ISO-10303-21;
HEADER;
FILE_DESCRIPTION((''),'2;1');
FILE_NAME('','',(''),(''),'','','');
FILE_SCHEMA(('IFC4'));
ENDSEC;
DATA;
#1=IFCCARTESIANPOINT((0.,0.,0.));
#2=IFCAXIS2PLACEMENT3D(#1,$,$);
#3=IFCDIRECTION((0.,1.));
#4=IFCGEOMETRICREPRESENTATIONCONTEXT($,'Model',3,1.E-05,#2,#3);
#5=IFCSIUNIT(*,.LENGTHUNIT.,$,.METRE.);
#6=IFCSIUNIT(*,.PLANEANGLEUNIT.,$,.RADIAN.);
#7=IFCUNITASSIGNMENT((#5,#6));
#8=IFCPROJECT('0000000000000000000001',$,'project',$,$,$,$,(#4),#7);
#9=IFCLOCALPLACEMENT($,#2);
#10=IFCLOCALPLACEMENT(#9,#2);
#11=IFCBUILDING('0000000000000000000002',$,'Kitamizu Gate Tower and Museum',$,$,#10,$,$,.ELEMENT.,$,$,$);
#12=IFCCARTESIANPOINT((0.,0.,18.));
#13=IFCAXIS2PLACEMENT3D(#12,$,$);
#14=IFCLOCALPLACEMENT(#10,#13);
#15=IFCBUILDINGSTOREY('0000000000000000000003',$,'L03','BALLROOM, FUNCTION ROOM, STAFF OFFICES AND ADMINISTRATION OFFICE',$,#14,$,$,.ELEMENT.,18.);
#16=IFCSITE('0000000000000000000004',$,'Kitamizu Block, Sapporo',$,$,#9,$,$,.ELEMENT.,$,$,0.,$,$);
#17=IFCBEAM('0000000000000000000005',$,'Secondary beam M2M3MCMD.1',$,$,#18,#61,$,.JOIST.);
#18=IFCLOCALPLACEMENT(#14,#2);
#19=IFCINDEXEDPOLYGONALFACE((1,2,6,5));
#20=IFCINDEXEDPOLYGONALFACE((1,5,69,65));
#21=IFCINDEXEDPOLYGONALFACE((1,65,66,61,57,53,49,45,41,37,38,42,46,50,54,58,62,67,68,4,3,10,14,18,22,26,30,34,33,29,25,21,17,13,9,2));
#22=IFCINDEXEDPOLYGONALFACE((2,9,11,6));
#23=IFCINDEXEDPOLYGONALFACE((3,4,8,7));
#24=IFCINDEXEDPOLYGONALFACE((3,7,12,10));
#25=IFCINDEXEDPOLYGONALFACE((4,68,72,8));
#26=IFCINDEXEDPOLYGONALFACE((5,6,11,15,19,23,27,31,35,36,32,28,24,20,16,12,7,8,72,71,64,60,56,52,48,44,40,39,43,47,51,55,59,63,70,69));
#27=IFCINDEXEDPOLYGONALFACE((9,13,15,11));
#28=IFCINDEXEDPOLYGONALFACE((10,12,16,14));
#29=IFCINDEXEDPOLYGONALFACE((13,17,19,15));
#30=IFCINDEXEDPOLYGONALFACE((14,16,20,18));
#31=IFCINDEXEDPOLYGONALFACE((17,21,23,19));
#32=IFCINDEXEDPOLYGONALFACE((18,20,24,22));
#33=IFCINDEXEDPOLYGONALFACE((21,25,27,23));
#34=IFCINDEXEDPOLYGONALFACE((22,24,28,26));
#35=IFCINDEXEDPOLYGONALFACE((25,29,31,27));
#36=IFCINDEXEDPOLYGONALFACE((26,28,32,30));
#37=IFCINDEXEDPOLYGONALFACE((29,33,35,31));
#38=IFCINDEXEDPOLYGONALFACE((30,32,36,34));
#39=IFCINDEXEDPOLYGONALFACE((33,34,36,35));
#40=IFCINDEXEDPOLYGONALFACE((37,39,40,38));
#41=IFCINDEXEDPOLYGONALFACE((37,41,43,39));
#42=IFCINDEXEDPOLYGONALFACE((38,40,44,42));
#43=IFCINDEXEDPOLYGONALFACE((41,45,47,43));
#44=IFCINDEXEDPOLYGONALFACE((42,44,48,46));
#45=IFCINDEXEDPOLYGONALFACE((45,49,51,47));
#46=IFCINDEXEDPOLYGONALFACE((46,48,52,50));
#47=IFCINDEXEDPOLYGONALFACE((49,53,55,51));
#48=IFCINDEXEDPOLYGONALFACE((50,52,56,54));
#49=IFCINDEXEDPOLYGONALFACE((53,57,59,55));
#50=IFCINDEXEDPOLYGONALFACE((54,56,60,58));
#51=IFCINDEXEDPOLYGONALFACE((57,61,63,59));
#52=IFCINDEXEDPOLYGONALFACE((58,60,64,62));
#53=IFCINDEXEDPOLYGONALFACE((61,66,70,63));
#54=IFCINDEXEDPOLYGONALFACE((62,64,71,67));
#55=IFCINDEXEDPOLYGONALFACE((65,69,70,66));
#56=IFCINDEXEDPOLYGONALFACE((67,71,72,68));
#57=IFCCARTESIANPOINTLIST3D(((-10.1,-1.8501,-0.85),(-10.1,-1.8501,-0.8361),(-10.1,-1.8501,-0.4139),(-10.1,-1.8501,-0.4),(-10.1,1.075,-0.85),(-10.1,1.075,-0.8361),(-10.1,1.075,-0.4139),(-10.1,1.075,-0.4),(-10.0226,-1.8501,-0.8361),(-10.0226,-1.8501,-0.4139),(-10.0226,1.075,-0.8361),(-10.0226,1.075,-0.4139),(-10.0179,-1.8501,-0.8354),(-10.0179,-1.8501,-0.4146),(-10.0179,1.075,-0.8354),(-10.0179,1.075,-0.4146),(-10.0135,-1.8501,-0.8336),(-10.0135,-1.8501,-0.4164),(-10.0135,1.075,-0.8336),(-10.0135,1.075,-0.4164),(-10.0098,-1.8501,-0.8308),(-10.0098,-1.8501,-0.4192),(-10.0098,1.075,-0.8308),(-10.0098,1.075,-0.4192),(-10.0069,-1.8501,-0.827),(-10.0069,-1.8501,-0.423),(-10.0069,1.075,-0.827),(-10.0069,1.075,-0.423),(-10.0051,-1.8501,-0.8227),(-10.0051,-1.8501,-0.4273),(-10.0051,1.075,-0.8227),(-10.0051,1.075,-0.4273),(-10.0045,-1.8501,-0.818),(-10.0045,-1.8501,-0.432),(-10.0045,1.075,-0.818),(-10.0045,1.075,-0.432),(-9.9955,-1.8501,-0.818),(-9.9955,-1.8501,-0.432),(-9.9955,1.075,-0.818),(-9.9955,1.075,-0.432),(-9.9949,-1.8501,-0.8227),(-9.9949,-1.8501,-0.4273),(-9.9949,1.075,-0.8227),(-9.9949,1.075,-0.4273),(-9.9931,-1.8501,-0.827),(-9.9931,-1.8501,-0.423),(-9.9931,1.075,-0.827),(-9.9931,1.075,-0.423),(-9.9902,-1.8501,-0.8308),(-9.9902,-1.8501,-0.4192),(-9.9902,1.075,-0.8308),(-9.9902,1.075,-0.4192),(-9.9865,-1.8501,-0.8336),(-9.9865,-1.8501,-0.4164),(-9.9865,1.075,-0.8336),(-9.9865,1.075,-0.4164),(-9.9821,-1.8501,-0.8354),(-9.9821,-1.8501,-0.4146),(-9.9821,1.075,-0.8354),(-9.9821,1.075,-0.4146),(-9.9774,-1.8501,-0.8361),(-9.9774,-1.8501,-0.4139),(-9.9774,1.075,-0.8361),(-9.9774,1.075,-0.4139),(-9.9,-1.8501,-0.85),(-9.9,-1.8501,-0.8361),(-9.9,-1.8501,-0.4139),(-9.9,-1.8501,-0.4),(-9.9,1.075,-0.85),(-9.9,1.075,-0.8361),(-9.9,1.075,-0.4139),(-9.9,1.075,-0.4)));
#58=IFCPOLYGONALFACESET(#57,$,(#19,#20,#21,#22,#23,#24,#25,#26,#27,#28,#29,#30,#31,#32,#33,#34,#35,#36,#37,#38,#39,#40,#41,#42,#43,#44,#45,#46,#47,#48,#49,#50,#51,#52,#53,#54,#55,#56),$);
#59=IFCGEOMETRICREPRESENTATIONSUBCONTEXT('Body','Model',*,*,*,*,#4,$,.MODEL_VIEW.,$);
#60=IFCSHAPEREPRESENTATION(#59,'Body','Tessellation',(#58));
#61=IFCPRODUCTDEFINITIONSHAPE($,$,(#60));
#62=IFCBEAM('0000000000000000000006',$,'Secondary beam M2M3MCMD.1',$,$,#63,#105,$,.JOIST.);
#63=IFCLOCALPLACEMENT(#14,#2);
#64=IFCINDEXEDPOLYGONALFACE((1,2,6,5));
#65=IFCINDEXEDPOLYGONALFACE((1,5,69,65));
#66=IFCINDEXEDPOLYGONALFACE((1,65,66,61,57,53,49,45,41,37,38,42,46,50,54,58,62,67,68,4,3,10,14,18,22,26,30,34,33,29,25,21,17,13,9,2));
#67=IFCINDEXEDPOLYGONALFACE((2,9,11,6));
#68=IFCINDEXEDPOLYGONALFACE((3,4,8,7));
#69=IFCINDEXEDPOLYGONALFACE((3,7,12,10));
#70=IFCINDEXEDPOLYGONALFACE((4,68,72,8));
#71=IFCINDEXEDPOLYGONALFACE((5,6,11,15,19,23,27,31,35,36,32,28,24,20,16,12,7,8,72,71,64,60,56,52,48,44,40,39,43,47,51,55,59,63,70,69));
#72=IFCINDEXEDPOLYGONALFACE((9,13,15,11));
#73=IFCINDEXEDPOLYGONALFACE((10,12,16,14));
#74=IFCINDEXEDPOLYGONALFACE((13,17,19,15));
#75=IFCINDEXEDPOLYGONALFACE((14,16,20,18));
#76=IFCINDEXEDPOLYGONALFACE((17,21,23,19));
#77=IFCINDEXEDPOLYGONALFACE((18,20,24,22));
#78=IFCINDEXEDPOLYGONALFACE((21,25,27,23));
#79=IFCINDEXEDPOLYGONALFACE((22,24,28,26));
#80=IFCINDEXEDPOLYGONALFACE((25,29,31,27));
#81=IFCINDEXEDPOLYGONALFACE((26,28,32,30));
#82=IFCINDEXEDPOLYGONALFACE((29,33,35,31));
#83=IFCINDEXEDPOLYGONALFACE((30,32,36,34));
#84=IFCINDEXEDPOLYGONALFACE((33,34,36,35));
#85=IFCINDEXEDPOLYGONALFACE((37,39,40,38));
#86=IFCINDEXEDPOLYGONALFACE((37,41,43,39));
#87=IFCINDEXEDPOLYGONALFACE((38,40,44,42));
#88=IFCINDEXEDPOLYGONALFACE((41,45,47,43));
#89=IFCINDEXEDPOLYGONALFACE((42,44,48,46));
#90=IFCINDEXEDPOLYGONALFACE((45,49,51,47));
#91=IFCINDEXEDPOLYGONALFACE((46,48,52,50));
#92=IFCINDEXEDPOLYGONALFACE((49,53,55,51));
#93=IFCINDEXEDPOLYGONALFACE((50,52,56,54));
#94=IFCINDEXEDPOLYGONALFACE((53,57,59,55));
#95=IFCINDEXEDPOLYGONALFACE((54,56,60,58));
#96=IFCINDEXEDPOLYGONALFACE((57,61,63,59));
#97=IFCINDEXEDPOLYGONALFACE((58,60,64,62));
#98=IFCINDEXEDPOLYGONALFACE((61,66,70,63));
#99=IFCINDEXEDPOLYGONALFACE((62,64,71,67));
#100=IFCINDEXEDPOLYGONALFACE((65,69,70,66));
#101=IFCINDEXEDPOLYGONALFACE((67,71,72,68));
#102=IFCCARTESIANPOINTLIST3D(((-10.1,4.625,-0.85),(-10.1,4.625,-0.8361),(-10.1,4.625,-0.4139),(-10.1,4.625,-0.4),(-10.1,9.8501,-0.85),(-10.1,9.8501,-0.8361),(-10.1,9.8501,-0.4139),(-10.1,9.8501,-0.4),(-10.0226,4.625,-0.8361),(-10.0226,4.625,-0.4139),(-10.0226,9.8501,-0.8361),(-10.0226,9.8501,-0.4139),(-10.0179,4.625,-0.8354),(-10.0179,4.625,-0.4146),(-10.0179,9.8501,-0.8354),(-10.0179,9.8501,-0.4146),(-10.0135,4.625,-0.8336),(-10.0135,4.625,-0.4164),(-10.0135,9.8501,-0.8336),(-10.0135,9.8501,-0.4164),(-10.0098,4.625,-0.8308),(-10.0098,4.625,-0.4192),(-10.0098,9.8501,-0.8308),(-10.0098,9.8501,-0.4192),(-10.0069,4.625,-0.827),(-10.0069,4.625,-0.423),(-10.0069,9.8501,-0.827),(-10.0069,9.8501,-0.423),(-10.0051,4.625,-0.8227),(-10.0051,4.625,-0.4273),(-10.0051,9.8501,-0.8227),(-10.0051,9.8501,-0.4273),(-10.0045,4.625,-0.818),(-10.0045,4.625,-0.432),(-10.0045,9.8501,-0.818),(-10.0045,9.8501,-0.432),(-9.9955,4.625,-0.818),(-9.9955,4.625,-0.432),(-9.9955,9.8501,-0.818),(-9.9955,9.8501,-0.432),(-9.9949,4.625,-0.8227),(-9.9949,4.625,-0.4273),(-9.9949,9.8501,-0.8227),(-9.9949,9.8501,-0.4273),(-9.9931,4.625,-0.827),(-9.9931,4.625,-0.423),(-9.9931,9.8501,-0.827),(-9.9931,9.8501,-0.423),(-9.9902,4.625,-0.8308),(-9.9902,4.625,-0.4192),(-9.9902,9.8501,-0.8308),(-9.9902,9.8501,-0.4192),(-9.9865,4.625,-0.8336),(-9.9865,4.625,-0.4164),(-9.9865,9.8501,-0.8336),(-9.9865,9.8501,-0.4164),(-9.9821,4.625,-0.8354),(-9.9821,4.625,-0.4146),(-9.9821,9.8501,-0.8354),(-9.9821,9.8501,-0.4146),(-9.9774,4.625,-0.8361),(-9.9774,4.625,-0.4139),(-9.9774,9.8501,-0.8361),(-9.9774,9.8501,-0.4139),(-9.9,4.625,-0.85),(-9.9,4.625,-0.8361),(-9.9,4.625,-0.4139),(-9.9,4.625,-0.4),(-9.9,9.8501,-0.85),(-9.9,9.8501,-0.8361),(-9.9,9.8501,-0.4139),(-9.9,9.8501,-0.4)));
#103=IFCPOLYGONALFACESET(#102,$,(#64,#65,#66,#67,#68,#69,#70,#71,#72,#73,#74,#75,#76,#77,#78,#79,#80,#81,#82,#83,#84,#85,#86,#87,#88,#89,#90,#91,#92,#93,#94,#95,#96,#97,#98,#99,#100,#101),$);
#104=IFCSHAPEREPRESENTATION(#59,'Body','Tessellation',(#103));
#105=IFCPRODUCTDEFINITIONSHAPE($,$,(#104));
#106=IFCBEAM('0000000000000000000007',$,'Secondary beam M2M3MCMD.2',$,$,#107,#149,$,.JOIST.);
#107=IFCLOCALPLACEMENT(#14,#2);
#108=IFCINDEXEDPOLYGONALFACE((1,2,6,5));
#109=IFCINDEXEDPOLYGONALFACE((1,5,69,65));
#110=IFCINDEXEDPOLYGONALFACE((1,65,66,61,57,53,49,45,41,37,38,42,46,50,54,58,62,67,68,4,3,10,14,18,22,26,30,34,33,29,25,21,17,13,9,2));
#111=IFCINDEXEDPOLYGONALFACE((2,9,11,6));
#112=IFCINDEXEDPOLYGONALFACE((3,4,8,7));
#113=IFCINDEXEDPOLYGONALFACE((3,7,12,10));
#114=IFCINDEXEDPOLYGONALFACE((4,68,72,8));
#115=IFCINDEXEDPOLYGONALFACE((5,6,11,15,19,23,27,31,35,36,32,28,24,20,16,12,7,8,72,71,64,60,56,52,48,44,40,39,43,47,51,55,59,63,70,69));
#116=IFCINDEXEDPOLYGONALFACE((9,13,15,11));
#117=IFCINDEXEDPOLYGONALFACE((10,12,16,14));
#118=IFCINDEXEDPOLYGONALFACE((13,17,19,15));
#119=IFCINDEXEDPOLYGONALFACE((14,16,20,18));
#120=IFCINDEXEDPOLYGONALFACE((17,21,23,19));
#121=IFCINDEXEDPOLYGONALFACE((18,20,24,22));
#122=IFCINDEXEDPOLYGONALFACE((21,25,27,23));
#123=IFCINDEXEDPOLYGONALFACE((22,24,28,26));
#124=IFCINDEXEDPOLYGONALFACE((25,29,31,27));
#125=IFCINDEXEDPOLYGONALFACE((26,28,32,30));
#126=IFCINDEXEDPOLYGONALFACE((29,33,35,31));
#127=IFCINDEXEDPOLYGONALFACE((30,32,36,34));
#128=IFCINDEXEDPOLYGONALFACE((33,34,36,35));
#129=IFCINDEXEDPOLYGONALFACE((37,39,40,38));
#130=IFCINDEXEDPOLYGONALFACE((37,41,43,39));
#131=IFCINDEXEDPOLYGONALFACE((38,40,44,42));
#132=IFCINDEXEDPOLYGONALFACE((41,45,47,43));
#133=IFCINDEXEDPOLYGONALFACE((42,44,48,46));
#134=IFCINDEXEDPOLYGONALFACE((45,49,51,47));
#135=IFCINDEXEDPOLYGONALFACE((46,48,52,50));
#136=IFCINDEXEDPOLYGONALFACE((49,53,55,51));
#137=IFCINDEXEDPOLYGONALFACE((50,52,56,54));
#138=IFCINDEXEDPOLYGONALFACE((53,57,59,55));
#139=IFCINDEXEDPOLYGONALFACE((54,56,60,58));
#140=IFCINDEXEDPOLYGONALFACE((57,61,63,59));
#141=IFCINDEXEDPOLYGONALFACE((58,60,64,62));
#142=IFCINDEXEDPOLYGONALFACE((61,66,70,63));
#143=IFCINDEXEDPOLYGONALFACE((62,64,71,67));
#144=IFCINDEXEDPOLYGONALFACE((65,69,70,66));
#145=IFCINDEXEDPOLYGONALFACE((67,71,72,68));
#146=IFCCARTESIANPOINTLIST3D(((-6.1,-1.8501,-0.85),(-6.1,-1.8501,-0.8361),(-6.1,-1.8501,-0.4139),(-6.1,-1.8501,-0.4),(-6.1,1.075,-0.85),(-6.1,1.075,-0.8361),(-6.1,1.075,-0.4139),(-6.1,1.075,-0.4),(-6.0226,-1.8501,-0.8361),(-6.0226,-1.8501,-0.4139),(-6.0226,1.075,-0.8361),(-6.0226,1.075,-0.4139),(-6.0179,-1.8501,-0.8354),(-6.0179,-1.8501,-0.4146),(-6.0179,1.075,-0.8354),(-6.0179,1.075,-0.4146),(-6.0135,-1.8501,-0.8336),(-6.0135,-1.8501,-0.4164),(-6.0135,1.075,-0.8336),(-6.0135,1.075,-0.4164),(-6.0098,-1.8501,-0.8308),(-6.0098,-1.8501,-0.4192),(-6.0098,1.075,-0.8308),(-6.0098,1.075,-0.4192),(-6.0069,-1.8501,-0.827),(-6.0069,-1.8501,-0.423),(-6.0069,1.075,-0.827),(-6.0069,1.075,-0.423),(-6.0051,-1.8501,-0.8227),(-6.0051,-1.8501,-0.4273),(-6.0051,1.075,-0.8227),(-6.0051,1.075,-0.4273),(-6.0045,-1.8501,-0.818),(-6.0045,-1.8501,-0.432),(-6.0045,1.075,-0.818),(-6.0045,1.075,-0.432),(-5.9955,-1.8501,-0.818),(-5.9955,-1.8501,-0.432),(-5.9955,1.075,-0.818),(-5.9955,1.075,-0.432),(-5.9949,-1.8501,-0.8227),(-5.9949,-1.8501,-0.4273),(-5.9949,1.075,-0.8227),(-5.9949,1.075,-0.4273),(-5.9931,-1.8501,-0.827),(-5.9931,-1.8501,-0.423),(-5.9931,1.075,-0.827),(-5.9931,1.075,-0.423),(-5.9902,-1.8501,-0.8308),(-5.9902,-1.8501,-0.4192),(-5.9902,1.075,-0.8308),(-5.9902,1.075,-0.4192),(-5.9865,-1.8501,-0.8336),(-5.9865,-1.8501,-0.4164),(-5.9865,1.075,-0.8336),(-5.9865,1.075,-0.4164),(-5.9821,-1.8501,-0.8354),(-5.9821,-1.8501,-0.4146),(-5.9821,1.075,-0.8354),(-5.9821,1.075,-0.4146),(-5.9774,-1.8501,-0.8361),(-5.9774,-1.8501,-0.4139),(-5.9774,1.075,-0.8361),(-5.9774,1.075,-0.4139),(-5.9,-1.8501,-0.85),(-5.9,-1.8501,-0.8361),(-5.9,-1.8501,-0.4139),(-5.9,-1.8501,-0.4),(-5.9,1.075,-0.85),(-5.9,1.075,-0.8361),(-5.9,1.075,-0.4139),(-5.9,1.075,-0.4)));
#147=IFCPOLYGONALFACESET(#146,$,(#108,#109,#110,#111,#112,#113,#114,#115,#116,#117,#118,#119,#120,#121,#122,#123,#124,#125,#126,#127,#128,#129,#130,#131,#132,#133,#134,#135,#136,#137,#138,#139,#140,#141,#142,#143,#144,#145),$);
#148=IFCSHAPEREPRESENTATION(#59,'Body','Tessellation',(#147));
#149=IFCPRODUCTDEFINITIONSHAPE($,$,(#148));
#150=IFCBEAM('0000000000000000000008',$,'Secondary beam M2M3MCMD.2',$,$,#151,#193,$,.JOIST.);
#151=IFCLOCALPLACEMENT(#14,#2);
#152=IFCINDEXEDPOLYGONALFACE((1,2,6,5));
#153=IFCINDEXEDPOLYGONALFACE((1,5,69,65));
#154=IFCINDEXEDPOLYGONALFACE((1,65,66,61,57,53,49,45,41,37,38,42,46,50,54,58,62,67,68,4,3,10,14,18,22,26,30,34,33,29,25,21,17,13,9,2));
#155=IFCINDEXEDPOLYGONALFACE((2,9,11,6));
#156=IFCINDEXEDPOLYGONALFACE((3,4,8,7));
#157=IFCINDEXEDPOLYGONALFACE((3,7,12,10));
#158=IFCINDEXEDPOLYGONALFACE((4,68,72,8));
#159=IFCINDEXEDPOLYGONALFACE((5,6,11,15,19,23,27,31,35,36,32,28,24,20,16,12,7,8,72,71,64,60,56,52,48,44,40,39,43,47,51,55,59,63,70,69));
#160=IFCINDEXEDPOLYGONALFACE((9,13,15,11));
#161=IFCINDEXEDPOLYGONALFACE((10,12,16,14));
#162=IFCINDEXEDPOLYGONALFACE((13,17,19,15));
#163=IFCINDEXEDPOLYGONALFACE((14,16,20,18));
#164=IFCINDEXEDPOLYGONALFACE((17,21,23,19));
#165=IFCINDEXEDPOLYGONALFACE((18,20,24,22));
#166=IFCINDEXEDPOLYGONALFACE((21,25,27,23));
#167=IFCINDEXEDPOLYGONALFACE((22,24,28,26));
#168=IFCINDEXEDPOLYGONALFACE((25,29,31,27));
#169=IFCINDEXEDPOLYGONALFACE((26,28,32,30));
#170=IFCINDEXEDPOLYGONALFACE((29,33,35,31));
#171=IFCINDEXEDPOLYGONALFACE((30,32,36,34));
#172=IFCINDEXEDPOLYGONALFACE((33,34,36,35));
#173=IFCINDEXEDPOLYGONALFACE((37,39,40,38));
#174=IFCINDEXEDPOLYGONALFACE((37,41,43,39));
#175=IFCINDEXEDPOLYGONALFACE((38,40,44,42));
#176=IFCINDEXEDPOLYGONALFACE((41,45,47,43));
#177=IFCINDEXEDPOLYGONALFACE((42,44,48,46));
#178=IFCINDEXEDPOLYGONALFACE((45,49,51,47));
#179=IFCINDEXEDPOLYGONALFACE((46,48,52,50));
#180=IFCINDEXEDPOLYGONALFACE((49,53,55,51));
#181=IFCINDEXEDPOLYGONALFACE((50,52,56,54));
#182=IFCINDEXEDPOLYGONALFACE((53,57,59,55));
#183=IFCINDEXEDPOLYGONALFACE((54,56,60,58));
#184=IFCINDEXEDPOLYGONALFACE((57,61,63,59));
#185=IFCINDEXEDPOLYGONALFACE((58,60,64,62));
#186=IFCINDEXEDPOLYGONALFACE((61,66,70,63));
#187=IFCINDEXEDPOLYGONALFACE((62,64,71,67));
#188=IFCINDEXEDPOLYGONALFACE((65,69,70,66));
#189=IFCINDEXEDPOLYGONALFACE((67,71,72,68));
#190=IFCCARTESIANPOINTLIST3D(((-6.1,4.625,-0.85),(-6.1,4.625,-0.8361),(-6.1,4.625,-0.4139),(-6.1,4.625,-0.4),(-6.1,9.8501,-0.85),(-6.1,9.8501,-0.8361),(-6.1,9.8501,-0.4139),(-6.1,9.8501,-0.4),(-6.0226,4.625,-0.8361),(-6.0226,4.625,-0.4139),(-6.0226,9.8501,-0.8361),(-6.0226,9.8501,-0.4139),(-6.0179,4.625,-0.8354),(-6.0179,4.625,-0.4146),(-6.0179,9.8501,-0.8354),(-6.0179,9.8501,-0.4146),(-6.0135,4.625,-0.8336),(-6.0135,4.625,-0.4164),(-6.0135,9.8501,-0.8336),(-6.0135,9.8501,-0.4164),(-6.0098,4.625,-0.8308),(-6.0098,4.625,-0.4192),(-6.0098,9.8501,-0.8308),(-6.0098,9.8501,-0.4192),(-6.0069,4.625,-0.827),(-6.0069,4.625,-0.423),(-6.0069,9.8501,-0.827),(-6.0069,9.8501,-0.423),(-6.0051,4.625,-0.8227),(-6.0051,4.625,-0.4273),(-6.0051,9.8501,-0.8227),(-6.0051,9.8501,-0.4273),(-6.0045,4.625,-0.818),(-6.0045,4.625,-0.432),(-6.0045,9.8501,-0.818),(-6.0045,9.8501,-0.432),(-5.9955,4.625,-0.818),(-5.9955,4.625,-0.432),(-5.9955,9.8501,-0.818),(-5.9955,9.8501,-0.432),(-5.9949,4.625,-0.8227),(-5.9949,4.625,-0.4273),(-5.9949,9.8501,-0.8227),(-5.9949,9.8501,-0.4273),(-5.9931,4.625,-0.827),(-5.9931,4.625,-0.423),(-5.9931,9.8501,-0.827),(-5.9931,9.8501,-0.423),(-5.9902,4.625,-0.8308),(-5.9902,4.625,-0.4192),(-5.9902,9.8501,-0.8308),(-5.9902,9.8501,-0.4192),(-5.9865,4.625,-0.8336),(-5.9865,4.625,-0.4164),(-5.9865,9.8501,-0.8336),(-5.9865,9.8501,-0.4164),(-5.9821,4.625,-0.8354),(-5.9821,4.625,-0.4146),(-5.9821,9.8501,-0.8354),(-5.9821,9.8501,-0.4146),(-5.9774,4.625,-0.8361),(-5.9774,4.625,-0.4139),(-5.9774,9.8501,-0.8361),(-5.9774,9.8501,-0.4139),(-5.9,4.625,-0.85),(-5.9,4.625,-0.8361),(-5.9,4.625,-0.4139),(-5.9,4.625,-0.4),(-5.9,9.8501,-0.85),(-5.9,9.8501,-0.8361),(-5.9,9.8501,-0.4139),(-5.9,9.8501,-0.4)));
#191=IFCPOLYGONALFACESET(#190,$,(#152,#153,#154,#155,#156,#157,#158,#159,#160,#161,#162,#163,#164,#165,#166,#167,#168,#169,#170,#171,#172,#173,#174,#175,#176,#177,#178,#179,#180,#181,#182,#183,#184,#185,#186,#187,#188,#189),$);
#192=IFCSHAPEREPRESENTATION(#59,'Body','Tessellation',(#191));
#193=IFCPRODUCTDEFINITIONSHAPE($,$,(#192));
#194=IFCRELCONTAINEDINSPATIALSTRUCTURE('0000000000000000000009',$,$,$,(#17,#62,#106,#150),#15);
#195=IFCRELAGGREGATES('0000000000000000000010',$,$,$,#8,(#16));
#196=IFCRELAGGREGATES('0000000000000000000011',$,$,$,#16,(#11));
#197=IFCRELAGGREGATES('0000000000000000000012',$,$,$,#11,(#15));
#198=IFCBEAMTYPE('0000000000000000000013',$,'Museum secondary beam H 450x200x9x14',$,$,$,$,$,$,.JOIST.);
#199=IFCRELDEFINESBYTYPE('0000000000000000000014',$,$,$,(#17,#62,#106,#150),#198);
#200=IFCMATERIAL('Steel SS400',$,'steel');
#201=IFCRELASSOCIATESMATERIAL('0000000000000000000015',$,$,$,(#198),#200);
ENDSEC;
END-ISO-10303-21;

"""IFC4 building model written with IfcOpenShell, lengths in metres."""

from ifc_helpers import new_model, si_unit, direction, frame, origin, origin_2d, place, context, subcontext, project, spatial, i_section, extrude, material, material_profile, profile_set, type_object, element, save


model = new_model("IFC4")

# Units and contexts
model_context = context("Model", 3, precision=1e-05, world=origin(), true_north=direction((0.0, 1.0)))
body_context = subcontext(model_context, "Body", "Model", "MODEL_VIEW")
ifc_project = project(units=[si_unit("LENGTHUNIT", "METRE"), si_unit("PLANEANGLEUNIT", "RADIAN")], contexts=[model_context])

# Site, building, storey
site_placement = place(None, origin())
site = spatial("IfcSite", under=ifc_project, at=site_placement, Name="Kitamizu Block, Sapporo", CompositionType="ELEMENT", RefElevation=0.0)
building_placement = place(site_placement, origin())
building = spatial("IfcBuilding", under=site, at=building_placement, Name="Kitamizu Gate Tower and Museum", CompositionType="ELEMENT")
storey_placement = place(building_placement, frame((0.0, 0.0, 18.0)))
storey = spatial("IfcBuildingStorey", under=building, at=storey_placement, Name="L03", Description="BALLROOM, FUNCTION ROOM, STAFF OFFICES AND ADMINISTRATION OFFICE", CompositionType="ELEMENT", Elevation=18.0)

# Beams
ifc_material_1 = material(Name="Steel SS400", Category="steel")
ifc_material_profile_1 = material_profile(ifc_material_1, i_section(OverallWidth=0.2, OverallDepth=0.45, WebThickness=0.009, FlangeThickness=0.0139, FilletRadius=0.0181, at=origin_2d()), Name="H-450x200x9x14")
ifc_profile_set_1 = profile_set([ifc_material_profile_1], Name="Steel SS400")
beam_type_1 = type_object("IfcBeamType", Name="Museum secondary beam H 450x200x9x14", PredefinedType="JOIST", material=ifc_profile_set_1)
beam_1_placement = place(storey_placement, frame((-10.0, -1.8501, -0.625), z_axis=(0.0, 1.0, 0.0), x_axis=(-1.0, 0.0, 0.0)))
element("IfcBeam", 1, at=beam_1_placement, inside=storey, type_object=beam_type_1, Name="Secondary beam M2M3MCMD.1", PredefinedType="JOIST", context=body_context, shape_type="SweptSolid", body=[
    extrude(i_section(OverallWidth=0.2, OverallDepth=0.45, WebThickness=0.009, FlangeThickness=0.0139, FilletRadius=0.0181, at=origin_2d()), origin(), (0.0, 0.0, 1.0), 2.925),
])
beam_2_placement = place(storey_placement, frame((-10.0, 4.625, -0.625), z_axis=(0.0, 1.0, 0.0), x_axis=(-1.0, 0.0, 0.0)))
element("IfcBeam", 2, at=beam_2_placement, inside=storey, type_object=beam_type_1, Name="Secondary beam M2M3MCMD.1", PredefinedType="JOIST", context=body_context, shape_type="SweptSolid", body=[
    extrude(i_section(OverallWidth=0.2, OverallDepth=0.45, WebThickness=0.009, FlangeThickness=0.0139, FilletRadius=0.0181, at=origin_2d()), origin(), (0.0, 0.0, 1.0), 5.2251),
])
beam_3_placement = place(storey_placement, frame((-6.0, -1.8501, -0.625), z_axis=(0.0, 1.0, 0.0), x_axis=(-1.0, 0.0, 0.0)))
element("IfcBeam", 3, at=beam_3_placement, inside=storey, type_object=beam_type_1, Name="Secondary beam M2M3MCMD.2", PredefinedType="JOIST", context=body_context, shape_type="SweptSolid", body=[
    extrude(i_section(OverallWidth=0.2, OverallDepth=0.45, WebThickness=0.009, FlangeThickness=0.0139, FilletRadius=0.0181, at=origin_2d()), origin(), (0.0, 0.0, 1.0), 2.925),
])
beam_4_placement = place(storey_placement, frame((-6.0, 4.625, -0.625), z_axis=(0.0, 1.0, 0.0), x_axis=(-1.0, 0.0, 0.0)))
element("IfcBeam", 4, at=beam_4_placement, inside=storey, type_object=beam_type_1, Name="Secondary beam M2M3MCMD.2", PredefinedType="JOIST", context=body_context, shape_type="SweptSolid", body=[
    extrude(i_section(OverallWidth=0.2, OverallDepth=0.45, WebThickness=0.009, FlangeThickness=0.0139, FilletRadius=0.0181, at=origin_2d()), origin(), (0.0, 0.0, 1.0), 5.2251),
])

save(model, "model.ifc")
